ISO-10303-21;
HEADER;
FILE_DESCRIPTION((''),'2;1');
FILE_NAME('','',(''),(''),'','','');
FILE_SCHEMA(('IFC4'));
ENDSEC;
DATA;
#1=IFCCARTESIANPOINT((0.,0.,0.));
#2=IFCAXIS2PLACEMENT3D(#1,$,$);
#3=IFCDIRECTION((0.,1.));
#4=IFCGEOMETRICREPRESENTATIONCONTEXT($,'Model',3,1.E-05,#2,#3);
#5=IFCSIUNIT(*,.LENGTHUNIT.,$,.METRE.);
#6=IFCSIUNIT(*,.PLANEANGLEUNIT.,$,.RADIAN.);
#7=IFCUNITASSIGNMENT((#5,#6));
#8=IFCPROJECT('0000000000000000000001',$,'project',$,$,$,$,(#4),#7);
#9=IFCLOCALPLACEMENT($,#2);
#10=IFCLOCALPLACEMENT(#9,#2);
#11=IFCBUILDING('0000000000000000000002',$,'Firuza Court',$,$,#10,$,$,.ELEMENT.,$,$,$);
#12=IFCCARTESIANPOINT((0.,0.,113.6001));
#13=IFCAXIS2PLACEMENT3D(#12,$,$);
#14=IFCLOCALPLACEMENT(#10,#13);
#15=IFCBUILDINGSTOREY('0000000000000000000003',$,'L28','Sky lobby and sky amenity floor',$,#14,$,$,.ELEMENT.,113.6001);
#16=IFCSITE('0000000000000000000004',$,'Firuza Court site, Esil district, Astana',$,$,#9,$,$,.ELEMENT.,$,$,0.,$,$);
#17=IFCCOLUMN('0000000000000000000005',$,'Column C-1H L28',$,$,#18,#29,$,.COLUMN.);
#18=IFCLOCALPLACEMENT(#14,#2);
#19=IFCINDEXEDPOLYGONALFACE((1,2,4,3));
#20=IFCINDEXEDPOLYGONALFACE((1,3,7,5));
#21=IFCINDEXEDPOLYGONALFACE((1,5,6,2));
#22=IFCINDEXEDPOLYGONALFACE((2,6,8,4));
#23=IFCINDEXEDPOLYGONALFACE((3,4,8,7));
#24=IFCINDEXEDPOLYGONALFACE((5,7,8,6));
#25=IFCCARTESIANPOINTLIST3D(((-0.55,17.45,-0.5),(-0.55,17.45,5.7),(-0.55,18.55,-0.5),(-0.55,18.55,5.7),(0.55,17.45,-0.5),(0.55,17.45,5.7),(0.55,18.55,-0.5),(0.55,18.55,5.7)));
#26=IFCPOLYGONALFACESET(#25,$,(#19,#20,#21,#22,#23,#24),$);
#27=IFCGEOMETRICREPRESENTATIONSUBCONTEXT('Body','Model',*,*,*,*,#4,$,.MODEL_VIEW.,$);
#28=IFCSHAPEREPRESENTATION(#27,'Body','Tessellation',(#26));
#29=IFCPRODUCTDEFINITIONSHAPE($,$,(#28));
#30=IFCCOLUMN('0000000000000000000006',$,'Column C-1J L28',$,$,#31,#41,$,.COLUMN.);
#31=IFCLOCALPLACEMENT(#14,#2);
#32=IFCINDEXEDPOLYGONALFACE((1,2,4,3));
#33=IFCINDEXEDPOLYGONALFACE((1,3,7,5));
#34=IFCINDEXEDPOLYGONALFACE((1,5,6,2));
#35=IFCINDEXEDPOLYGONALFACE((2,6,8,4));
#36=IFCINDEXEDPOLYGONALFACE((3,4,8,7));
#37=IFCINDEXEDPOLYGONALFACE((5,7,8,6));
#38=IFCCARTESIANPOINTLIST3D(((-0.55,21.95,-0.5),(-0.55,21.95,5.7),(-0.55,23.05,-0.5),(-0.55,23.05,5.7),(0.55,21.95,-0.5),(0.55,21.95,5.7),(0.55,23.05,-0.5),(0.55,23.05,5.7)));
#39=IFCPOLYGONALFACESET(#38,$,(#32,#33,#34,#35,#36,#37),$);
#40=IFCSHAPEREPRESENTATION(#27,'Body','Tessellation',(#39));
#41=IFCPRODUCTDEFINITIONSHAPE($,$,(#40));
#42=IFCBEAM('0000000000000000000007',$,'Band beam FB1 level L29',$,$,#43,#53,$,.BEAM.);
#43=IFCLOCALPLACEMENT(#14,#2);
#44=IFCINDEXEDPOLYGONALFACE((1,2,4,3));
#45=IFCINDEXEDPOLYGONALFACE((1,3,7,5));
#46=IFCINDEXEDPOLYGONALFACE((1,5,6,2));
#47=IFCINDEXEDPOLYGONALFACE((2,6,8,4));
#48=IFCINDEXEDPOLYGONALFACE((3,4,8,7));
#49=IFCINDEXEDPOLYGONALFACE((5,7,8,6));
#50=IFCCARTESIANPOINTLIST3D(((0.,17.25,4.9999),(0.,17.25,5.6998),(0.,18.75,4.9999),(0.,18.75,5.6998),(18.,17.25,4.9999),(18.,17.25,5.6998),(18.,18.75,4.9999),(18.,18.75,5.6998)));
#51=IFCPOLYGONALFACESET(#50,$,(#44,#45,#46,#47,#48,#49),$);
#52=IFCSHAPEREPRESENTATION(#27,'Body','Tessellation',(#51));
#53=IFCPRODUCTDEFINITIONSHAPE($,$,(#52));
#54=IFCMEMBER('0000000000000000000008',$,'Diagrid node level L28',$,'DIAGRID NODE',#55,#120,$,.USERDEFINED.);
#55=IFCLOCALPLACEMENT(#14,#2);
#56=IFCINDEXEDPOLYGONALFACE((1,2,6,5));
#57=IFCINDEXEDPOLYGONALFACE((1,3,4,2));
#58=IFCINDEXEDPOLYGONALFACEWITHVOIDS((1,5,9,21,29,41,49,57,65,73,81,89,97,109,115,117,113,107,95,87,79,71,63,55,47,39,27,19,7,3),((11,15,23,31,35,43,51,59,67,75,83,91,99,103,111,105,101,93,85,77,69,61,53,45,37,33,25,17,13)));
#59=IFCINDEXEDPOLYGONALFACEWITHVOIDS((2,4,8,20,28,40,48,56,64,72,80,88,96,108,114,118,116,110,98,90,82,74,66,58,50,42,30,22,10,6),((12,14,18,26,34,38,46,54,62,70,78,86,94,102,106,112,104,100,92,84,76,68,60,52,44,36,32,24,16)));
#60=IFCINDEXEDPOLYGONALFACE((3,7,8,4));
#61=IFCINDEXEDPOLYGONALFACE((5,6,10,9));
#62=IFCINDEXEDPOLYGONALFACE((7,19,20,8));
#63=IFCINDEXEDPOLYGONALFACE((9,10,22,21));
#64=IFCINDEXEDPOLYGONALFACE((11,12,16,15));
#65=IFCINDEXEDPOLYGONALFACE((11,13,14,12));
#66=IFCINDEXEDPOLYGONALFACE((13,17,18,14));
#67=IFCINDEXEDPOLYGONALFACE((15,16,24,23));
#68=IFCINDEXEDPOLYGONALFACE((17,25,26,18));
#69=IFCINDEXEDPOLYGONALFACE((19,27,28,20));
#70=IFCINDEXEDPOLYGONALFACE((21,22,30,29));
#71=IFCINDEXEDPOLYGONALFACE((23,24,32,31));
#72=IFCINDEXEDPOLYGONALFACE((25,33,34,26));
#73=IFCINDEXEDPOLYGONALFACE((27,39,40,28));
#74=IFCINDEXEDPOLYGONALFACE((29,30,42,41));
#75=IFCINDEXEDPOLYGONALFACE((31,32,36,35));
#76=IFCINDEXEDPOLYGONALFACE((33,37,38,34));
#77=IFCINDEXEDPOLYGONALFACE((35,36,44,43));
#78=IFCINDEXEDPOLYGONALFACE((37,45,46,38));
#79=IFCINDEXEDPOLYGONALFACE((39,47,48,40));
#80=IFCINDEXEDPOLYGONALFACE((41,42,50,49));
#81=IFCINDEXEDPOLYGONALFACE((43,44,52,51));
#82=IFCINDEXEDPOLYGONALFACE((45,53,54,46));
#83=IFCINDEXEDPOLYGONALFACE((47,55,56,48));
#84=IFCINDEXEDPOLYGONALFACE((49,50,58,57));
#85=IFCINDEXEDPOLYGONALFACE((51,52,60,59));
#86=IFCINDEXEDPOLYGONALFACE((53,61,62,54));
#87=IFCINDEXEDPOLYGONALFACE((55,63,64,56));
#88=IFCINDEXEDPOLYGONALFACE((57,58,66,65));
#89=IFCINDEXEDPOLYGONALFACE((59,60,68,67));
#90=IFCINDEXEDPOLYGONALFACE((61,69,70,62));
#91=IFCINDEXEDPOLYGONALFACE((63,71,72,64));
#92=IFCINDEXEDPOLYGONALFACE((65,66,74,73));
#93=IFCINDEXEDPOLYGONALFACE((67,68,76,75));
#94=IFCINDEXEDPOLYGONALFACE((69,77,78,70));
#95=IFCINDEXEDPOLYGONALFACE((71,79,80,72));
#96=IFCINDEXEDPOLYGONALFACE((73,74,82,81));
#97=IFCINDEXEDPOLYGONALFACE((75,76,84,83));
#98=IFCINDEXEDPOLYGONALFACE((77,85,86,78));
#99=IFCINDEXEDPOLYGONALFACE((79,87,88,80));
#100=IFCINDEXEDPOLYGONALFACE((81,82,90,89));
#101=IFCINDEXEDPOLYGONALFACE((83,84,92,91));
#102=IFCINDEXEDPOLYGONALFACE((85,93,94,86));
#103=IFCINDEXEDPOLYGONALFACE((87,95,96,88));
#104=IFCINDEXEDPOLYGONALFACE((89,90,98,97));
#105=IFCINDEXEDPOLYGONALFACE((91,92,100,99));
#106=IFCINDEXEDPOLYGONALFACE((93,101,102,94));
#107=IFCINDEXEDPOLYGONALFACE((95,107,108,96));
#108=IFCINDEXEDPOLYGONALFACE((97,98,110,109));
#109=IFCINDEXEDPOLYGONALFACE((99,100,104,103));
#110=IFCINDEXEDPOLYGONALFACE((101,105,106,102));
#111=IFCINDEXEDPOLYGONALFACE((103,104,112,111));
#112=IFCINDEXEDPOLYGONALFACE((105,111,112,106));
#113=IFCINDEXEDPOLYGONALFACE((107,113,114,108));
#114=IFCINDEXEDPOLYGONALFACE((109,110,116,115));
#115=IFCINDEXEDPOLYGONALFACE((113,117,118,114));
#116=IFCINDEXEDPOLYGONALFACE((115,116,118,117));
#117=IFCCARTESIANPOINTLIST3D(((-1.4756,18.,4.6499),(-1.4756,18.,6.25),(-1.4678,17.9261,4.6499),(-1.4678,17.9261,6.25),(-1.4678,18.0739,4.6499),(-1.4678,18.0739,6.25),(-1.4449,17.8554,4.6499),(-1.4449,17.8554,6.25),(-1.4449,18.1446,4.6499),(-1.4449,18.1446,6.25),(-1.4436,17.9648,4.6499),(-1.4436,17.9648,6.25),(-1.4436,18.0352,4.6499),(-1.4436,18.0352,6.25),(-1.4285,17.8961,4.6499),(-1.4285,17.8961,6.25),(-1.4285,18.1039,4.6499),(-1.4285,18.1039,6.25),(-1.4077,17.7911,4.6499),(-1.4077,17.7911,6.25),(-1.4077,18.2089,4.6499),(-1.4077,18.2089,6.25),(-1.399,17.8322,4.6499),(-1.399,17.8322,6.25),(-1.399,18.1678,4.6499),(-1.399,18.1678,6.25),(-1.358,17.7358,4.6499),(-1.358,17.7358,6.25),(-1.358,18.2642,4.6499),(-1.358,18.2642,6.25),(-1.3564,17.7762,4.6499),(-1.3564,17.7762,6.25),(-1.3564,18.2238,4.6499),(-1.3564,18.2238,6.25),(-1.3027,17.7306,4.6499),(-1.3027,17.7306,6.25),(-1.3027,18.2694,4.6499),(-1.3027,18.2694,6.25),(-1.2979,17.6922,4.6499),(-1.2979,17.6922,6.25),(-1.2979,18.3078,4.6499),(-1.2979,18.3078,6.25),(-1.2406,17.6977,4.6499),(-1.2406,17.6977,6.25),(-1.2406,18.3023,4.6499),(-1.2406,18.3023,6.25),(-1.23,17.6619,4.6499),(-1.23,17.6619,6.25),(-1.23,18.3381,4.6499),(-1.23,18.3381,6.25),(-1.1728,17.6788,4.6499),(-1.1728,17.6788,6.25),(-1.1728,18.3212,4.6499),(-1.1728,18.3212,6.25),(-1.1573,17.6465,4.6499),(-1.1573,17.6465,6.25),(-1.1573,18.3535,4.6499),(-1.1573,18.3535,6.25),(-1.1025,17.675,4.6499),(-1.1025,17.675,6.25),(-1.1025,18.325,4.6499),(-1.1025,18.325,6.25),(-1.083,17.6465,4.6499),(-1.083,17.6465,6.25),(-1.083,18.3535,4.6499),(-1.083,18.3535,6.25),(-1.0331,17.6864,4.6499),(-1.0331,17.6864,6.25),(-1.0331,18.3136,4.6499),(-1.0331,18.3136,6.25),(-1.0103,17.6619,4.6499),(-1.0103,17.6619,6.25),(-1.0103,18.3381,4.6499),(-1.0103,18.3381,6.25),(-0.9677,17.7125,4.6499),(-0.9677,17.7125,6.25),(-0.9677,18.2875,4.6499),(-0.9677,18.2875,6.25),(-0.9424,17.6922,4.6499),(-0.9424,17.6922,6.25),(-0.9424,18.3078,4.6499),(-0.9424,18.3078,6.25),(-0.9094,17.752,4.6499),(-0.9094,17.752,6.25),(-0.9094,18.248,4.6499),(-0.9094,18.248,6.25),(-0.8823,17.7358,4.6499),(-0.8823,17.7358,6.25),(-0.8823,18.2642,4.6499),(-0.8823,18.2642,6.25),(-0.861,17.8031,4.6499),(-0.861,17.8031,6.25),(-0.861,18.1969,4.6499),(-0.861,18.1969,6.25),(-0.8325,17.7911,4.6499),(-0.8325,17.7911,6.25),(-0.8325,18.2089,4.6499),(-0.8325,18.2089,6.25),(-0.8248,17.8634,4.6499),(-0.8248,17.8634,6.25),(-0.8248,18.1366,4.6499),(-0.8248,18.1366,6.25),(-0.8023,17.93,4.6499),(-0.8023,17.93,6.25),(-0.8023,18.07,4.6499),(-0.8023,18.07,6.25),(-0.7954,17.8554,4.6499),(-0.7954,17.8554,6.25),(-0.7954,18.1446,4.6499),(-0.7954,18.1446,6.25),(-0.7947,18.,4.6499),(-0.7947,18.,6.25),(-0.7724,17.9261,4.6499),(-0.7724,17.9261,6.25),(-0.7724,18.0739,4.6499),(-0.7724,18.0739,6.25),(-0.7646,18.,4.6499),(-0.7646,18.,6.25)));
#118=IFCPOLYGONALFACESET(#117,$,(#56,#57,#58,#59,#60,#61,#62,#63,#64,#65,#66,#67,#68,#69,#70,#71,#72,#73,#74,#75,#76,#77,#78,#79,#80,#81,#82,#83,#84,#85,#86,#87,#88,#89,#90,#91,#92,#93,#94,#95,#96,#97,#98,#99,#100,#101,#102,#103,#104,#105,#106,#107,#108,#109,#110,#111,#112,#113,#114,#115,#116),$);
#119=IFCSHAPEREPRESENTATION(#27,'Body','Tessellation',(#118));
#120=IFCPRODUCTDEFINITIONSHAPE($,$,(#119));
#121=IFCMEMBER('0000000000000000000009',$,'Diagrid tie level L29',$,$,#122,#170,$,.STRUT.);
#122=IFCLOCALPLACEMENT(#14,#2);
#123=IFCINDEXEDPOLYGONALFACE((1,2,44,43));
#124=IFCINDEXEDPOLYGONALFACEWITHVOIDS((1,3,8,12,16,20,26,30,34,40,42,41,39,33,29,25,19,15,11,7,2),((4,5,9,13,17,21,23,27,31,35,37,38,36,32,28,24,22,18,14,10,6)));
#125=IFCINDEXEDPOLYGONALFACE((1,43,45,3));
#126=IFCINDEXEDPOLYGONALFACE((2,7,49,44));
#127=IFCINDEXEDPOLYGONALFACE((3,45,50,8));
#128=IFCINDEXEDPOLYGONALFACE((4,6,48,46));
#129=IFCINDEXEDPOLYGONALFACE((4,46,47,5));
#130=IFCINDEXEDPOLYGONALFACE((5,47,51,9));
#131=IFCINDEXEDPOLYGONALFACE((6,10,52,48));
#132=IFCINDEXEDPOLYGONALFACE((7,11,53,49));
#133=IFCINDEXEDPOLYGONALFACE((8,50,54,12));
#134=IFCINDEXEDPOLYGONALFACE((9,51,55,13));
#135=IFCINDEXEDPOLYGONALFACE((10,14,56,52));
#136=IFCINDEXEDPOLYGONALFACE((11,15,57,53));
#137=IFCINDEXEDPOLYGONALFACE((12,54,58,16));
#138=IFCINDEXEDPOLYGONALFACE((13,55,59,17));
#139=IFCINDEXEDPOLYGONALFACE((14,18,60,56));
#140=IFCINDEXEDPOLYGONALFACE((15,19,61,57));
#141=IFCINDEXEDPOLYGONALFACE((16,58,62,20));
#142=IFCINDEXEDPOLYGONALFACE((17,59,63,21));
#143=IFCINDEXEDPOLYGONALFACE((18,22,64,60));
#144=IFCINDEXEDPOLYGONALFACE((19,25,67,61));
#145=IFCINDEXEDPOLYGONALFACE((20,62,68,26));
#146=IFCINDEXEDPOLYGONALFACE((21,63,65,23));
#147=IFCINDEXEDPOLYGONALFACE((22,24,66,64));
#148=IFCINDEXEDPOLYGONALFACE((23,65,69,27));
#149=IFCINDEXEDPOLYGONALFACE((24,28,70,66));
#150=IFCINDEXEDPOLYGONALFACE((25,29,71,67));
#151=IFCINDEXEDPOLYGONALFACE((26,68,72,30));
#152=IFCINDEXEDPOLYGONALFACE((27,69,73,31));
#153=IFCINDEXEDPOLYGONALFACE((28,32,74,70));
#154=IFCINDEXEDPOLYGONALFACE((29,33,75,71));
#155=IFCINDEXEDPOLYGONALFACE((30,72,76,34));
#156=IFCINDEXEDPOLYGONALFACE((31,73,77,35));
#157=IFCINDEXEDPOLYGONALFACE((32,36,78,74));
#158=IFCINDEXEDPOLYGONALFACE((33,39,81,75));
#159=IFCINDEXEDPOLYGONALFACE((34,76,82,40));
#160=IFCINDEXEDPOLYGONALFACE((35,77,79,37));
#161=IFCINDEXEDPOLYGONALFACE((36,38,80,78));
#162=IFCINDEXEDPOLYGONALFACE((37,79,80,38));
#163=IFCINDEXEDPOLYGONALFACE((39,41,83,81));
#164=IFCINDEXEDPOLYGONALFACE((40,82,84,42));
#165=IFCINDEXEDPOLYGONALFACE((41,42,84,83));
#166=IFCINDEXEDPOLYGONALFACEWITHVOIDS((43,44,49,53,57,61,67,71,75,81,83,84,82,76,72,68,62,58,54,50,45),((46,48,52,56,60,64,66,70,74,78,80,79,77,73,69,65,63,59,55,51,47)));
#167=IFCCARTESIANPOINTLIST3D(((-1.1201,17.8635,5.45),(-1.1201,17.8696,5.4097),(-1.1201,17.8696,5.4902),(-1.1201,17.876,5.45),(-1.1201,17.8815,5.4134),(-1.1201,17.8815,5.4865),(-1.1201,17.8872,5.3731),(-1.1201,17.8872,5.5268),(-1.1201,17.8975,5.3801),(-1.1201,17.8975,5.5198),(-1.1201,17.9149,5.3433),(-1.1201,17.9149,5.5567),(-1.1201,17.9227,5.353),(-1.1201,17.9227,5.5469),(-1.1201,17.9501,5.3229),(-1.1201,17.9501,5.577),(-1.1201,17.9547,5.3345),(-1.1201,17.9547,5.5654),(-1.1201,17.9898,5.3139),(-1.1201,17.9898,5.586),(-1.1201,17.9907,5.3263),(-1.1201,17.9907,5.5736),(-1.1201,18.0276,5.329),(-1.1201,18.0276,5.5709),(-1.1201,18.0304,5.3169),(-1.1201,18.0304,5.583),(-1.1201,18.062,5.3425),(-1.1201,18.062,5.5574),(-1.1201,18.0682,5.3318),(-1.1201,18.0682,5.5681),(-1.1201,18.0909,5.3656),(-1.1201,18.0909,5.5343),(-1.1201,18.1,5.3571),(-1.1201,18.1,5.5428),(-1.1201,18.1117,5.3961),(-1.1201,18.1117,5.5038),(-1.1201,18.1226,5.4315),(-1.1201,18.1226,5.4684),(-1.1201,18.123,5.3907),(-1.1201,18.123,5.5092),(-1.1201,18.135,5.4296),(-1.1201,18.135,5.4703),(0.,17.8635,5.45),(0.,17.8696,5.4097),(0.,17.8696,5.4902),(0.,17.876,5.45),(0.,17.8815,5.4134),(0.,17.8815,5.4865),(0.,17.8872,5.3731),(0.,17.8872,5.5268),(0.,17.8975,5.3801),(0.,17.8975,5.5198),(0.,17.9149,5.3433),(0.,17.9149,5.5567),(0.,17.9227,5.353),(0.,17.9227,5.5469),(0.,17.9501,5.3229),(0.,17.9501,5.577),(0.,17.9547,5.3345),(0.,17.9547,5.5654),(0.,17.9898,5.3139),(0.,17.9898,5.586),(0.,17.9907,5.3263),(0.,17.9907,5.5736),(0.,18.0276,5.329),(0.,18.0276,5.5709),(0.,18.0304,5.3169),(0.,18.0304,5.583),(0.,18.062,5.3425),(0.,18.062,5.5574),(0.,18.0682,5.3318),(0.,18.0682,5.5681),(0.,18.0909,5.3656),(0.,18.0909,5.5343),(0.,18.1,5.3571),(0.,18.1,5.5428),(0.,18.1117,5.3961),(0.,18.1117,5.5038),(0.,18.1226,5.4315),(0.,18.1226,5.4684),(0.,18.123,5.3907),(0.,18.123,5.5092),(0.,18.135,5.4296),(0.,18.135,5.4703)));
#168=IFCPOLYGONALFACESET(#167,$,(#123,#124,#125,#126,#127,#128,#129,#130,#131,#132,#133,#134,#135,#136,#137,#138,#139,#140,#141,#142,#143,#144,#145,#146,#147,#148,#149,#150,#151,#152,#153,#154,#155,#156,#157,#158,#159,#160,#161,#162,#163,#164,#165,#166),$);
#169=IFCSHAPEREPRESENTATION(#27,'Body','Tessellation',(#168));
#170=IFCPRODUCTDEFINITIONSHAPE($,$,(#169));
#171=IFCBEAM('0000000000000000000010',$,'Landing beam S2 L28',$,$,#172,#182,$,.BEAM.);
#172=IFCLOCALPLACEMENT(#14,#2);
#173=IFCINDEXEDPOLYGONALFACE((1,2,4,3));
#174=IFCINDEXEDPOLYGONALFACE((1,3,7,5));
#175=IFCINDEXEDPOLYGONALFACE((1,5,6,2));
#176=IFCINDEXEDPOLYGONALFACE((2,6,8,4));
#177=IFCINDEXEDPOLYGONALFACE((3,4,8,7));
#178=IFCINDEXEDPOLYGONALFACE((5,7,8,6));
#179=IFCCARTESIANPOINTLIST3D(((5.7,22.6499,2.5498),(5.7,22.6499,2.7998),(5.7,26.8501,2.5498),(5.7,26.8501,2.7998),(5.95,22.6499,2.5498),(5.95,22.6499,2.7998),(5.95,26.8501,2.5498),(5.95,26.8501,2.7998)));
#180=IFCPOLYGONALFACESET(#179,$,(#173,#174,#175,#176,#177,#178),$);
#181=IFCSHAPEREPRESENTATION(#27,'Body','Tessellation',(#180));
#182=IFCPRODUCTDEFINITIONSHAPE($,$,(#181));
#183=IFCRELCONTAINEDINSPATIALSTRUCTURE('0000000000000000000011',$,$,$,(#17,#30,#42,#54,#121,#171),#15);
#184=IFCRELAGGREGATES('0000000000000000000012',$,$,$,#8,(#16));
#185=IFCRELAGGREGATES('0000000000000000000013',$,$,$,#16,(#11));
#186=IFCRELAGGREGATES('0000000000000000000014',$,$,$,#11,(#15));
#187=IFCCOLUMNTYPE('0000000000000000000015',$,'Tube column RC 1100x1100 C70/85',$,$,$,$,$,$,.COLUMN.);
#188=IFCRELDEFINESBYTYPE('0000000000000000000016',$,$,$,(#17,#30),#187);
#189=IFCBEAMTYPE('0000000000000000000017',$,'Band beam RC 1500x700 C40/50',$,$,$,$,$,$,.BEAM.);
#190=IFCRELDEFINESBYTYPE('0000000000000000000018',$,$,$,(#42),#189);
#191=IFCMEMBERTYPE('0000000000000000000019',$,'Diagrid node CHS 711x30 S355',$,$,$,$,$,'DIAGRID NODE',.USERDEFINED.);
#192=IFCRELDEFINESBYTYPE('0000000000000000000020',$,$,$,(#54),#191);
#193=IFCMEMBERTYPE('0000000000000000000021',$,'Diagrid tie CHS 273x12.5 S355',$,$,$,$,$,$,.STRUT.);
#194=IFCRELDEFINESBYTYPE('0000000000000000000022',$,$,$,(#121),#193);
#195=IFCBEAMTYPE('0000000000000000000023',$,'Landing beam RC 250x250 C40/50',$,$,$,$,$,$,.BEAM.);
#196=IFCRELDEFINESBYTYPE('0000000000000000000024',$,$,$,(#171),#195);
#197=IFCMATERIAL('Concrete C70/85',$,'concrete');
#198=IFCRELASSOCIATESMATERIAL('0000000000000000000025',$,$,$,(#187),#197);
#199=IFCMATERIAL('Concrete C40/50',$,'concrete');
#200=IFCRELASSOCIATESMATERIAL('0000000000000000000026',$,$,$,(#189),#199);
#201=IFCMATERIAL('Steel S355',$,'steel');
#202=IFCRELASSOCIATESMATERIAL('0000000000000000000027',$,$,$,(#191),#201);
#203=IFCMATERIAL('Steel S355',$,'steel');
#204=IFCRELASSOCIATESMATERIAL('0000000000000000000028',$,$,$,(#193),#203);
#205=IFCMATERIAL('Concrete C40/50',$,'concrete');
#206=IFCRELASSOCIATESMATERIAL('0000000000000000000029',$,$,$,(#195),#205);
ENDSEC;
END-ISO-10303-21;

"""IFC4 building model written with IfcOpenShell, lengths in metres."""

from ifc_helpers import new_model, si_unit, direction, frame, origin, origin_2d, place, context, subcontext, project, spatial, rectangle, hollow_circle, extrude, material, material_profile, profile_set, type_object, element, save


model = new_model("IFC4")

# Units and contexts
model_context = context("Model", 3, precision=1e-05, world=origin(), true_north=direction((0.0, 1.0)))
body_context = subcontext(model_context, "Body", "Model", "MODEL_VIEW")
ifc_project = project(units=[si_unit("LENGTHUNIT", "METRE"), si_unit("PLANEANGLEUNIT", "RADIAN")], contexts=[model_context])

# Site, building, storey
site_placement = place(None, origin())
site = spatial("IfcSite", under=ifc_project, at=site_placement, Name="Firuza Court site, Esil district, Astana", CompositionType="ELEMENT", RefElevation=0.0)
building_placement = place(site_placement, origin())
building = spatial("IfcBuilding", under=site, at=building_placement, Name="Firuza Court", CompositionType="ELEMENT")
storey_placement = place(building_placement, frame((0.0, 0.0, 113.6001)))
storey = spatial("IfcBuildingStorey", under=building, at=storey_placement, Name="L28", Description="Sky lobby and sky amenity floor", CompositionType="ELEMENT", Elevation=113.6001)

# Columns
ifc_material_1 = material(Name="Concrete C70/85", Category="concrete")
ifc_material_profile_1 = material_profile(ifc_material_1, rectangle(XDim=1.1001, YDim=1.1001, at=origin_2d()), Name="RC 1100x1100")
ifc_profile_set_1 = profile_set([ifc_material_profile_1], Name="Concrete C70/85")
column_type = type_object("IfcColumnType", Name="Tube column RC 1100x1100 C70/85", PredefinedType="COLUMN", material=ifc_profile_set_1)
for number, where, z_axis, x_axis, name in (
    (1, (0.0, 18.0, -0.5), (0.0, 0.0, 1.0), (1.0, 0.0, 0.0), "Column C-1H L28"),
    (2, (0.0, 22.5, -0.5), (0.0, 0.0, 1.0), (1.0, 0.0, 0.0), "Column C-1J L28"),
):
    element("IfcColumn", number, at=place(storey_placement, frame(where, z_axis=z_axis, x_axis=x_axis)), inside=storey, type_object=column_type, Name=name, PredefinedType="COLUMN", context=body_context, shape_type="SweptSolid", body=[
        extrude(rectangle(XDim=1.1001, YDim=1.1001, at=origin_2d()), origin(), (0.0, 0.0, 1.0), 6.2),
    ])

# Beam
ifc_material_2 = material(Name="Concrete C40/50", Category="concrete")
ifc_material_profile_2 = material_profile(ifc_material_2, rectangle(XDim=1.5, YDim=0.7, at=origin_2d()), Name="RC 1500x700")
ifc_profile_set_2 = profile_set([ifc_material_profile_2], Name="Concrete C40/50")
beam_type_1 = type_object("IfcBeamType", Name="Band beam RC 1500x700 C40/50", PredefinedType="BEAM", material=ifc_profile_set_2)
beam_1_placement = place(storey_placement, frame((0.0, 18.0, 5.3499), z_axis=(1.0, 0.0, 0.0), x_axis=(0.0, 1.0, 0.0)))
element("IfcBeam", 3, at=beam_1_placement, inside=storey, type_object=beam_type_1, Name="Band beam FB1 level L29", PredefinedType="BEAM", context=body_context, shape_type="SweptSolid", body=[
    extrude(rectangle(XDim=1.5, YDim=0.7, at=origin_2d()), origin(), (0.0, 0.0, 1.0), 18.0),
])

# Members
ifc_material_3 = material(Name="Steel S355", Category="steel")
ifc_material_profile_3 = material_profile(ifc_material_3, hollow_circle(Radius=0.3555, WallThickness=0.03, at=origin_2d()), Name="CHS 711x30")
ifc_profile_set_3 = profile_set([ifc_material_profile_3], Name="Steel S355")
member_type_1 = type_object("IfcMemberType", Name="Diagrid node CHS 711x30 S355", ElementType="DIAGRID NODE", PredefinedType="USERDEFINED", material=ifc_profile_set_3)
member_1_placement = place(storey_placement, frame((-1.1201, 18.0, 4.6499), z_axis=(0.0, 0.0, 1.0), x_axis=(1.0, 0.0, 0.0)))
element("IfcMember", 4, at=member_1_placement, inside=storey, type_object=member_type_1, Name="Diagrid node level L28", ObjectType="DIAGRID NODE", PredefinedType="USERDEFINED", context=body_context, shape_type="SweptSolid", body=[
    extrude(hollow_circle(Radius=0.3555, WallThickness=0.03, at=origin_2d()), origin(), (0.0, 0.0, 1.0), 1.6001),
])
ifc_material_4 = material(Name="Steel S355", Category="steel")
ifc_material_profile_4 = material_profile(ifc_material_4, hollow_circle(Radius=0.1365, WallThickness=0.0125, at=origin_2d()), Name="CHS 273x12.5")
ifc_profile_set_4 = profile_set([ifc_material_profile_4], Name="Steel S355")
member_type_2 = type_object("IfcMemberType", Name="Diagrid tie CHS 273x12.5 S355", PredefinedType="STRUT", material=ifc_profile_set_4)
member_2_placement = place(storey_placement, frame((0.0, 18.0, 5.45), z_axis=(-1.0, 0.0, 0.0), x_axis=(0.0, -1.0, 0.0)))
element("IfcMember", 5, at=member_2_placement, inside=storey, type_object=member_type_2, Name="Diagrid tie level L29", PredefinedType="STRUT", context=body_context, shape_type="SweptSolid", body=[
    extrude(hollow_circle(Radius=0.1365, WallThickness=0.0125, at=origin_2d()), origin(), (0.0, 0.0, 1.0), 1.1201),
])

# Beam
ifc_material_5 = material(Name="Concrete C40/50", Category="concrete")
ifc_material_profile_5 = material_profile(ifc_material_5, rectangle(XDim=0.25, YDim=0.25, at=origin_2d()), Name="RC 250x250")
ifc_profile_set_5 = profile_set([ifc_material_profile_5], Name="Concrete C40/50")
beam_type_2 = type_object("IfcBeamType", Name="Landing beam RC 250x250 C40/50", PredefinedType="BEAM", material=ifc_profile_set_5)
beam_2_placement = place(storey_placement, frame((5.825, 22.6499, 2.6748), z_axis=(0.0, 1.0, 0.0), x_axis=(-1.0, 0.0, 0.0)))
element("IfcBeam", 6, at=beam_2_placement, inside=storey, type_object=beam_type_2, Name="Landing beam S2 L28", PredefinedType="BEAM", context=body_context, shape_type="SweptSolid", body=[
    extrude(rectangle(XDim=0.25, YDim=0.25, at=origin_2d()), origin(), (0.0, 0.0, 1.0), 4.2002),
])

save(model, "model.ifc")
